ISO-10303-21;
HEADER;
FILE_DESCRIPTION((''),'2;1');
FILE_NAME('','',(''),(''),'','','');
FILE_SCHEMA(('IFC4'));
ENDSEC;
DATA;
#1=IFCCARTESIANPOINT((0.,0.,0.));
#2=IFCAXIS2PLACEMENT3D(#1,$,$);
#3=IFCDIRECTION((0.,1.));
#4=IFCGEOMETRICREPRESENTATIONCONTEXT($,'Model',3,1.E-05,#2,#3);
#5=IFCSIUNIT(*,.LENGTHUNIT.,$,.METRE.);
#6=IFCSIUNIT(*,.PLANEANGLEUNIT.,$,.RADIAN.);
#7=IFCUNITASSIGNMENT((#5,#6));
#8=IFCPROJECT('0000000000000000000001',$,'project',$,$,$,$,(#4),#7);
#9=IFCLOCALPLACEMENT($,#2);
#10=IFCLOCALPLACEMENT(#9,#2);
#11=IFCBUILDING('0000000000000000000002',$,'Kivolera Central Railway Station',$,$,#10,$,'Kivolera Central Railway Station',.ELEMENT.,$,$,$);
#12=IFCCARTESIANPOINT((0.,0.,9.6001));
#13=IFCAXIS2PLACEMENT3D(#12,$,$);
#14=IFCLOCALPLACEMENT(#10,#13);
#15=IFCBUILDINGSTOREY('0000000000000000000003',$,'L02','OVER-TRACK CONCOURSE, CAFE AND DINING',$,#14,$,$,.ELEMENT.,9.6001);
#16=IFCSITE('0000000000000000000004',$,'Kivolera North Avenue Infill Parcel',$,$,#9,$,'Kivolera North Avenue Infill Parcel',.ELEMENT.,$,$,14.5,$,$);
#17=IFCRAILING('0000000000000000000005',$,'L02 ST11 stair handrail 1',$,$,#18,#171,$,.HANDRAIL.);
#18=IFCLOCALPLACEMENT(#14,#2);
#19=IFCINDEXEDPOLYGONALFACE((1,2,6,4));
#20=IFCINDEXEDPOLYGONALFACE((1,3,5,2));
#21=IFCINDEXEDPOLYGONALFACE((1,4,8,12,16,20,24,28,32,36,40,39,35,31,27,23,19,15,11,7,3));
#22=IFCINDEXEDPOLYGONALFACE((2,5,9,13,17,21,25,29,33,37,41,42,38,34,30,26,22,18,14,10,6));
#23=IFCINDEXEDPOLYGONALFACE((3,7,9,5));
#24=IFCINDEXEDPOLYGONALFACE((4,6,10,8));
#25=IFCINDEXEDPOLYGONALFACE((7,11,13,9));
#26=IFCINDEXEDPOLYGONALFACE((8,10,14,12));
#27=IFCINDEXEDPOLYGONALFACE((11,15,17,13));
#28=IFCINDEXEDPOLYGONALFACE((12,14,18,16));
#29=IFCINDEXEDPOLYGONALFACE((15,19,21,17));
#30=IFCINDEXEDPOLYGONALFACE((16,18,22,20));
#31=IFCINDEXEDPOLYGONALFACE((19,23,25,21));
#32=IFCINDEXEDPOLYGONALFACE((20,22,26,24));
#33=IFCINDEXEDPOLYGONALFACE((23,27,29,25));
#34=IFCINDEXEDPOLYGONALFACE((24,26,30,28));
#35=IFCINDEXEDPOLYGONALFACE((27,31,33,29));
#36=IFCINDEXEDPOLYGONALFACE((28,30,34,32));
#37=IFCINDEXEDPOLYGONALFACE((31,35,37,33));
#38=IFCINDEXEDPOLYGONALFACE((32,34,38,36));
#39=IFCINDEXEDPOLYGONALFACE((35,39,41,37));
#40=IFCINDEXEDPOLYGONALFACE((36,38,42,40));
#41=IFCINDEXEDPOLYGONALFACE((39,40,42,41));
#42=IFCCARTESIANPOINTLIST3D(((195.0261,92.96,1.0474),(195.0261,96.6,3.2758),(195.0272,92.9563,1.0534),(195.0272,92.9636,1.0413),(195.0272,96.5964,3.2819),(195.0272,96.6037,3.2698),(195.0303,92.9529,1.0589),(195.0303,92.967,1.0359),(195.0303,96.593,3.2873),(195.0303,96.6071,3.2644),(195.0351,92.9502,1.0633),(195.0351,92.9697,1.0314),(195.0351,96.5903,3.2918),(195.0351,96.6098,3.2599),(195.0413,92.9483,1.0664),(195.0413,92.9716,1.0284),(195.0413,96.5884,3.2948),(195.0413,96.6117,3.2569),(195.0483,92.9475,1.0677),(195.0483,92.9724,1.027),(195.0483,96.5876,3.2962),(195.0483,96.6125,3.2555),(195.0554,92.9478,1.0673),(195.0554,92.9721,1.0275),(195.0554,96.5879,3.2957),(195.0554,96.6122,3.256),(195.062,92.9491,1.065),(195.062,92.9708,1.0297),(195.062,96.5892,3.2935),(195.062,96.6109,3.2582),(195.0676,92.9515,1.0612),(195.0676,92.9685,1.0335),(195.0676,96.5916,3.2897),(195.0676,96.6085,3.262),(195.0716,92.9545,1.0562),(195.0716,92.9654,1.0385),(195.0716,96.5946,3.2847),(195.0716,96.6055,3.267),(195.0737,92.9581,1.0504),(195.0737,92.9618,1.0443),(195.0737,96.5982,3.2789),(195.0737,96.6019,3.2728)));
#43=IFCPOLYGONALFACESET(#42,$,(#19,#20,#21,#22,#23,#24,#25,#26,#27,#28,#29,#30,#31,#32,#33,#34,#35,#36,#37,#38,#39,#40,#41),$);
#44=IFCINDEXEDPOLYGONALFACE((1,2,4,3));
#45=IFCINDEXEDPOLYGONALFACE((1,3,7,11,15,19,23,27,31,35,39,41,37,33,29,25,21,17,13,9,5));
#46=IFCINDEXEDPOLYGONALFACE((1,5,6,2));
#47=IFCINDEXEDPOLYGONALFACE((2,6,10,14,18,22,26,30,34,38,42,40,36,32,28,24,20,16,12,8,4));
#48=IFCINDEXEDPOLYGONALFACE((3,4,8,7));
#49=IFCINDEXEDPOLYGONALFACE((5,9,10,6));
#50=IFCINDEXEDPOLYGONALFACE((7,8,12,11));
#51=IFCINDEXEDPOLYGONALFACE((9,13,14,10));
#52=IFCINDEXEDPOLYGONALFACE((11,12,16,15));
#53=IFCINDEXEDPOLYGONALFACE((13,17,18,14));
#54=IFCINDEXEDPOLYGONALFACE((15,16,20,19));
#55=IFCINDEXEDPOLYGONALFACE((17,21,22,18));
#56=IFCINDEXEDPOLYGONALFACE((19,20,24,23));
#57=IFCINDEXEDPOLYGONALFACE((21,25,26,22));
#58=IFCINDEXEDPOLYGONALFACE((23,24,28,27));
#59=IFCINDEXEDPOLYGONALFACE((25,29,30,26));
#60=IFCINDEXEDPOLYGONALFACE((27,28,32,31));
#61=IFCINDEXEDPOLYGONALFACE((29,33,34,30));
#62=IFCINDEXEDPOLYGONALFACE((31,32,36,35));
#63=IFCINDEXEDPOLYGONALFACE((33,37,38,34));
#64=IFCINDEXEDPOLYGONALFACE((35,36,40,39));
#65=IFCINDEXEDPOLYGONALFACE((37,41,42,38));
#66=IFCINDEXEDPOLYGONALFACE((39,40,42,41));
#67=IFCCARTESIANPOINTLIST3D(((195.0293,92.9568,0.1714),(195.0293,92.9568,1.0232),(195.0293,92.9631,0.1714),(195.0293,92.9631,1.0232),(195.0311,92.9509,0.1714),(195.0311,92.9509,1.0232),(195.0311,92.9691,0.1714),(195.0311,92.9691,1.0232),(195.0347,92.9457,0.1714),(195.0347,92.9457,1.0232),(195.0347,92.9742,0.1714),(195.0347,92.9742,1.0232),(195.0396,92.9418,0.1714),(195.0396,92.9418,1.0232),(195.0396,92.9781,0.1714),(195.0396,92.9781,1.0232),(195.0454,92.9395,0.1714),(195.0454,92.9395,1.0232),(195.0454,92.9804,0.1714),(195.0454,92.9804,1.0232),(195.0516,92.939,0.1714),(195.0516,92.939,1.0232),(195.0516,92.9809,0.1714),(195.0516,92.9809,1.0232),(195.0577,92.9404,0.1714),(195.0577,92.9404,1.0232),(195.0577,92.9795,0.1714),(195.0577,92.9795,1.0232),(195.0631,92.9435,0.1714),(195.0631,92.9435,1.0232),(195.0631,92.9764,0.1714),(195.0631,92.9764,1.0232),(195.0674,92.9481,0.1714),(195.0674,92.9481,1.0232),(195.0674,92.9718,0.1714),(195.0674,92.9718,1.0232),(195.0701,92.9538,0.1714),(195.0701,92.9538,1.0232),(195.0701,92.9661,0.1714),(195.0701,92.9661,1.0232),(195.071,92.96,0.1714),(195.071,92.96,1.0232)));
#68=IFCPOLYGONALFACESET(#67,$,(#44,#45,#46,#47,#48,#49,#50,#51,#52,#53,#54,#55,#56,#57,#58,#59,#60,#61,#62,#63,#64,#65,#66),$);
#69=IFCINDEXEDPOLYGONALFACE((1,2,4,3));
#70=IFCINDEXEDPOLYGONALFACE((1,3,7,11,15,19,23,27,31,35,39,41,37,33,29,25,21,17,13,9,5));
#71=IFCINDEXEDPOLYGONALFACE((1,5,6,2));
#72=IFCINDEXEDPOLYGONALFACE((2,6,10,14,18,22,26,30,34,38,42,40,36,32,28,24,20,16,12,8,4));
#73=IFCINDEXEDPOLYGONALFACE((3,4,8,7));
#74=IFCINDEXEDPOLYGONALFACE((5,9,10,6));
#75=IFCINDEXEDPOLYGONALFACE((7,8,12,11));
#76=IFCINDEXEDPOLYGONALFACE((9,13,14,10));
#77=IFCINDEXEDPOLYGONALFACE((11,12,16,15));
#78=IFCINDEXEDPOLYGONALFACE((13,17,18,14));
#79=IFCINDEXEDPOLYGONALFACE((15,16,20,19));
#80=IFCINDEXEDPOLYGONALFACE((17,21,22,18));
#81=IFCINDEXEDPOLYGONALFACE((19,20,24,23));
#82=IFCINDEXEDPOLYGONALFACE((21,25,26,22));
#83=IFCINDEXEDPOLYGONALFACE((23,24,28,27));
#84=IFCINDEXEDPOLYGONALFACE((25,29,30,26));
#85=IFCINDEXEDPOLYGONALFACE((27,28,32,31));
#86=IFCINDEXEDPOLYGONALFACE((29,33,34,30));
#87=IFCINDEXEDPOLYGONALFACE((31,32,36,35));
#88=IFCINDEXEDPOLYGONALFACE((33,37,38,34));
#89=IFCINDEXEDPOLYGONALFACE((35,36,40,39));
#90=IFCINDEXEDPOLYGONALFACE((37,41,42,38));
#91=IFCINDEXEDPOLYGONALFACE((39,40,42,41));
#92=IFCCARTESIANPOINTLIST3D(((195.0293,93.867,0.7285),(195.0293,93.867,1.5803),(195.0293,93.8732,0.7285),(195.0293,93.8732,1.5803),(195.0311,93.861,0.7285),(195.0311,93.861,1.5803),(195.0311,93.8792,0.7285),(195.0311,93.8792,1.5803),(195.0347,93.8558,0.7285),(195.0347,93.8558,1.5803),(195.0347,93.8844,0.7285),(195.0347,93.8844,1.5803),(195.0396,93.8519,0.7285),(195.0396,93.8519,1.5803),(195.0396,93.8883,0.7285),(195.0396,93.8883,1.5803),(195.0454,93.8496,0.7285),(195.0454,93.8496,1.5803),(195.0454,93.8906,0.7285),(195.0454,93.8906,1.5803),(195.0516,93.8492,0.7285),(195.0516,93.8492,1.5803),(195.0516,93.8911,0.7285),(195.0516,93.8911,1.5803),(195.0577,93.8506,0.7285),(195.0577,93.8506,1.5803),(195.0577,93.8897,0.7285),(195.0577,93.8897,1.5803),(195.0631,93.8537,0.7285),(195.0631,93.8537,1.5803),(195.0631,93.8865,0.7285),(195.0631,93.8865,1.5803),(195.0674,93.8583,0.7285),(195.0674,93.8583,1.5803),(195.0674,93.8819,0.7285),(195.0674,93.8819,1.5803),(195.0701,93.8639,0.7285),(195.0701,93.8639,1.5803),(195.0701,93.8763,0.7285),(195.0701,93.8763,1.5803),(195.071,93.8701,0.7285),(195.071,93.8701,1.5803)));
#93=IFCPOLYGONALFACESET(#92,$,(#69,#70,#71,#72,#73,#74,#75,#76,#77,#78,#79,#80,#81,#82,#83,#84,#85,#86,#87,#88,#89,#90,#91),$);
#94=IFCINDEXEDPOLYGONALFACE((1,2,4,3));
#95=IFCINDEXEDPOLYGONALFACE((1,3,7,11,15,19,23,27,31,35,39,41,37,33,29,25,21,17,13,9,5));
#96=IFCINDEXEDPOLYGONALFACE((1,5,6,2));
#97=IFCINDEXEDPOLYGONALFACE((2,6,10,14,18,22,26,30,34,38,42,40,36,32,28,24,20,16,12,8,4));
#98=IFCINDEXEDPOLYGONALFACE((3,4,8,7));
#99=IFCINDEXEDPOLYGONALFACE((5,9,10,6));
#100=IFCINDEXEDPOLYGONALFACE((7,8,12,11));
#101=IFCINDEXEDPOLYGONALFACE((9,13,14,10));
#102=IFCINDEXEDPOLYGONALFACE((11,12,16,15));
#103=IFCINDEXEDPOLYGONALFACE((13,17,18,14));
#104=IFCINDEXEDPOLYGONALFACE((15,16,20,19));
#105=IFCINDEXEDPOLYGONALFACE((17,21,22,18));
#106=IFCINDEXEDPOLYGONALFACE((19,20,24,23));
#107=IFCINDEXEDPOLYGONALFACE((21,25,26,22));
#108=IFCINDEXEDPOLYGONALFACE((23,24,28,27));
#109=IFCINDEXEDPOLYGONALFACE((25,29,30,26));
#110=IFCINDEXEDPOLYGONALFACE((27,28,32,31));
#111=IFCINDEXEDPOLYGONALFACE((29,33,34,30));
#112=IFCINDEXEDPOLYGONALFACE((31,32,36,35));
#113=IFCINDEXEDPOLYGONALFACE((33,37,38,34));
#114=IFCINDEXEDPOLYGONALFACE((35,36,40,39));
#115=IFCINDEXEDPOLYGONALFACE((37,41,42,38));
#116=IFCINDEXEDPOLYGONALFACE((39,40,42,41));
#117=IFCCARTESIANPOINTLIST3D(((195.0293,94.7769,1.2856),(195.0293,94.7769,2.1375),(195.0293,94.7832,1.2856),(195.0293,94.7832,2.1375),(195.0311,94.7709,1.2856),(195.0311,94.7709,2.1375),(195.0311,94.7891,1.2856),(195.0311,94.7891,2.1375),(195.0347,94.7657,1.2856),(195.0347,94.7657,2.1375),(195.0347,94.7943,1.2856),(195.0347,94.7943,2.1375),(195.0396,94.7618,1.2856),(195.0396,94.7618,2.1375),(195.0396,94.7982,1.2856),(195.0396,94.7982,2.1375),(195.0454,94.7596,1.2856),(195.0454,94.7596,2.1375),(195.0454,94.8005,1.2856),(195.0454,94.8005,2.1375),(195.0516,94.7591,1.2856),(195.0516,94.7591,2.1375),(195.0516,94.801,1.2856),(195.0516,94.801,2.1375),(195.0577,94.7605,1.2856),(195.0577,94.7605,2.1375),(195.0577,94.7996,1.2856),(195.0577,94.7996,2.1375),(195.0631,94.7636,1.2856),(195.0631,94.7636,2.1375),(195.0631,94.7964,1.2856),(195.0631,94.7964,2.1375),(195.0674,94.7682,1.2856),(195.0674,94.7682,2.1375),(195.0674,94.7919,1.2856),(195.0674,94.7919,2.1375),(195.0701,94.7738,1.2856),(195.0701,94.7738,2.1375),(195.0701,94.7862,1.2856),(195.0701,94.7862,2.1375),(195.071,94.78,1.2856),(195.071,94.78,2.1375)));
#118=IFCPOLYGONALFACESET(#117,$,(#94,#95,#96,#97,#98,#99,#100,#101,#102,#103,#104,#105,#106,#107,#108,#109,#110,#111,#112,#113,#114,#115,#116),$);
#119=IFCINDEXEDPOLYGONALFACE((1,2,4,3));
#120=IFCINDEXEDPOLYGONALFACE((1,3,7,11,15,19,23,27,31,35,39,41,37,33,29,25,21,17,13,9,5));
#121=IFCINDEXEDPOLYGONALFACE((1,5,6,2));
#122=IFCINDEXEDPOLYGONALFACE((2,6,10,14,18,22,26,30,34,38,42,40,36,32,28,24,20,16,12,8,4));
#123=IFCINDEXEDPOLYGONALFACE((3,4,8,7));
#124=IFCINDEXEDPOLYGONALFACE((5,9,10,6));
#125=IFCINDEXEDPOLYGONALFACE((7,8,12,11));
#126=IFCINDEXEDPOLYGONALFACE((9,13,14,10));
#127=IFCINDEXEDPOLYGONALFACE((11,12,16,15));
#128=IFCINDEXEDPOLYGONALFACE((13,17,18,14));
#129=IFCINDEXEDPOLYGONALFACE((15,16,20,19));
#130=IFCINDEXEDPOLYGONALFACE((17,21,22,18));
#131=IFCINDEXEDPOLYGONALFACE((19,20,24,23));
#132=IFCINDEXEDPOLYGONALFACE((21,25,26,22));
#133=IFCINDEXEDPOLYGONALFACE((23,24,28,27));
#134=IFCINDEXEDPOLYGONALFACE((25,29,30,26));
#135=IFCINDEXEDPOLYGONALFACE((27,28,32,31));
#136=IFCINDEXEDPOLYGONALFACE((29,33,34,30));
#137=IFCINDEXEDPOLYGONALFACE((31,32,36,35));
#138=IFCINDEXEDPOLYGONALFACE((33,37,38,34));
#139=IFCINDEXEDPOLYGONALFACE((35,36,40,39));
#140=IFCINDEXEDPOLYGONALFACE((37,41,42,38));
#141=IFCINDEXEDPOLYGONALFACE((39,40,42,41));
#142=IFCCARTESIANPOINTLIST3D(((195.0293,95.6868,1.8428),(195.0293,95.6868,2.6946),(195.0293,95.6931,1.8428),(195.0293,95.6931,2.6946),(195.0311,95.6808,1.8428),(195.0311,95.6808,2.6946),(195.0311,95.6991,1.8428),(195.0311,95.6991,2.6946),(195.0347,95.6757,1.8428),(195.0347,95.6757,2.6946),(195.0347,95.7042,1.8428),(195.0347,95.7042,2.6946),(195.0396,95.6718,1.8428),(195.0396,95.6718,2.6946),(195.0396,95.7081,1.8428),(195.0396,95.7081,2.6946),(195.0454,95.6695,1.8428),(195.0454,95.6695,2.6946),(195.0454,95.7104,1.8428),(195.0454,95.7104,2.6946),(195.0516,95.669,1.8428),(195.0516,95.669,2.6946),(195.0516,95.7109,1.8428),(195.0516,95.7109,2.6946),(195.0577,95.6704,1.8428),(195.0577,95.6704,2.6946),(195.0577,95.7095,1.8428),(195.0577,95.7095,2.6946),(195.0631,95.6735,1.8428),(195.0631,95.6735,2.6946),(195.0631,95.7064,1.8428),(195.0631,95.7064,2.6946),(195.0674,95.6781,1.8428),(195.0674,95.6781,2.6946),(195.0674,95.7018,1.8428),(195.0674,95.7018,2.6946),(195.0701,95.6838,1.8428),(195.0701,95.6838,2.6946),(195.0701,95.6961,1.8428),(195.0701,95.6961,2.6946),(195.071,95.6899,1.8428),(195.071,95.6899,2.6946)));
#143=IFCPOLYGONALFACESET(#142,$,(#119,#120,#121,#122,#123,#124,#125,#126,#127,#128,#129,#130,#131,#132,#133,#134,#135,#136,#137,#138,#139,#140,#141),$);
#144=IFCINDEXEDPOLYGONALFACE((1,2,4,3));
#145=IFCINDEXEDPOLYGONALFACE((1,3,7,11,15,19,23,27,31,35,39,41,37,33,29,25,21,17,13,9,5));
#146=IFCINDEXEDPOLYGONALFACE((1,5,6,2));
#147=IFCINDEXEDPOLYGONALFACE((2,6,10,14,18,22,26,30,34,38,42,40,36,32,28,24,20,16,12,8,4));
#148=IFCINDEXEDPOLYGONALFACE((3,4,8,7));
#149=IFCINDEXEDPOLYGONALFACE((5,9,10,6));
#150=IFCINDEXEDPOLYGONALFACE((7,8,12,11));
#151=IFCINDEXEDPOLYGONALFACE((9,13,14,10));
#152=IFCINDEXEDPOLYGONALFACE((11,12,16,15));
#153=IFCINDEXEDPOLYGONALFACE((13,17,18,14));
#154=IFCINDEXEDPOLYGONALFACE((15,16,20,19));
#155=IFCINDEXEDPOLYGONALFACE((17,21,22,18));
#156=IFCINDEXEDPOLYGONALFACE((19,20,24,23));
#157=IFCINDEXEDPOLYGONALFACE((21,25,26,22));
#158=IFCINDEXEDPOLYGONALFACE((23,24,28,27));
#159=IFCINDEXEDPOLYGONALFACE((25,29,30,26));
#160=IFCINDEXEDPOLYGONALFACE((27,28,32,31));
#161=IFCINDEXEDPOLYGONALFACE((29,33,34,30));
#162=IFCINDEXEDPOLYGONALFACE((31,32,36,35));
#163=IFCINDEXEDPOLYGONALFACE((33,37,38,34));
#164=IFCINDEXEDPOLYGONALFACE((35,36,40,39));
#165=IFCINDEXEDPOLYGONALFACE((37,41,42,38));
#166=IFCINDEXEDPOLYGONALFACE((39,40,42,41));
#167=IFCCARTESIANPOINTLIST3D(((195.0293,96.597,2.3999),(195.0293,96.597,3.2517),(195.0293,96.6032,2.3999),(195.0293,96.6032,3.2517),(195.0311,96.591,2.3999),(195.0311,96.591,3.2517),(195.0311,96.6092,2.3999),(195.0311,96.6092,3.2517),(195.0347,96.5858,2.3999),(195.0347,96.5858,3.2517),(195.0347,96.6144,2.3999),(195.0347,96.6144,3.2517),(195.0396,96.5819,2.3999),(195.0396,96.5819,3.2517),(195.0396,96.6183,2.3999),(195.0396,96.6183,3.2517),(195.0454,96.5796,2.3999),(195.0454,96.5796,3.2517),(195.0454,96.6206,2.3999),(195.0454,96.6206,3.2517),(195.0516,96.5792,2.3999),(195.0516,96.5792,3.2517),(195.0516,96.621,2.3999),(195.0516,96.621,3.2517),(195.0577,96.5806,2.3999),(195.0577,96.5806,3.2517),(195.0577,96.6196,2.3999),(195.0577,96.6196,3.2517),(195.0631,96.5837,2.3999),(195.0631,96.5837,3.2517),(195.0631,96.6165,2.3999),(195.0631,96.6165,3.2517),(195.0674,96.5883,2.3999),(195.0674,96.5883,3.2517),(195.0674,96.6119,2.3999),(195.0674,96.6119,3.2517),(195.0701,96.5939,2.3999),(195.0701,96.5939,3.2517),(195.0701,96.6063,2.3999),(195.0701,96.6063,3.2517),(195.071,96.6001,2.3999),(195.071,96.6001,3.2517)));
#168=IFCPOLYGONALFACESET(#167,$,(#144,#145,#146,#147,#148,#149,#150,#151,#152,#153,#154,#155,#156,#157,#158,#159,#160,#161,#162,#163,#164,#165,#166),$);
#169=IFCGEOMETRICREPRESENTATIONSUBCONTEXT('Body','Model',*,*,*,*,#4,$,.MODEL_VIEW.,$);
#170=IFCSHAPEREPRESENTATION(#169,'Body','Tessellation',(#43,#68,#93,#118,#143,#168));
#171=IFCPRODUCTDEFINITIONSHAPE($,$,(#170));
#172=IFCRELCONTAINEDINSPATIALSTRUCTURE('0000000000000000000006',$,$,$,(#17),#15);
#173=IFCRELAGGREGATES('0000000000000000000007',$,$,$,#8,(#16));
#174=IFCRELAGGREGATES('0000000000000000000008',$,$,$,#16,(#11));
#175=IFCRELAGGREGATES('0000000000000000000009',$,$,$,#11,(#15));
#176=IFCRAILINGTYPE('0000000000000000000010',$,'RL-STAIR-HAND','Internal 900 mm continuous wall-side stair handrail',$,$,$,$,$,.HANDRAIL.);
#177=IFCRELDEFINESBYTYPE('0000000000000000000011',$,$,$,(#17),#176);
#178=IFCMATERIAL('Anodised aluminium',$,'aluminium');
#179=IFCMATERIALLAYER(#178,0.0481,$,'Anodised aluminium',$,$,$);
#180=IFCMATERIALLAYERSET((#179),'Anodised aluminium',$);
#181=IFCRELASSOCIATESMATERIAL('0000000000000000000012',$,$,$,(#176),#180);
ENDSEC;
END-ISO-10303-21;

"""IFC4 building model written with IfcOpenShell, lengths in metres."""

from ifc_helpers import new_model, si_unit, direction, frame, origin, origin_2d, place, context, subcontext, project, spatial, circle, extrude, material, layer, layer_set, type_object, element, save


model = new_model("IFC4")

# Units and contexts
model_context = context("Model", 3, precision=1e-05, world=origin(), true_north=direction((0.0, 1.0)))
body_context = subcontext(model_context, "Body", "Model", "MODEL_VIEW")
ifc_project = project(units=[si_unit("LENGTHUNIT", "METRE"), si_unit("PLANEANGLEUNIT", "RADIAN")], contexts=[model_context])

# Site, building, storey
site_placement = place(None, origin())
site = spatial("IfcSite", under=ifc_project, at=site_placement, Name="Kivolera North Avenue Infill Parcel", LongName="Kivolera North Avenue Infill Parcel", CompositionType="ELEMENT", RefElevation=14.5)
building_placement = place(site_placement, origin())
building = spatial("IfcBuilding", under=site, at=building_placement, Name="Kivolera Central Railway Station", LongName="Kivolera Central Railway Station", CompositionType="ELEMENT")
storey_placement = place(building_placement, frame((0.0, 0.0, 9.6001)))
storey = spatial("IfcBuildingStorey", under=building, at=storey_placement, Name="L02", Description="OVER-TRACK CONCOURSE, CAFE AND DINING", CompositionType="ELEMENT", Elevation=9.6001)

# Shared definitions
ifc_material_1 = material(Name="Anodised aluminium", Category="aluminium")

# Railing
ifc_layer_1 = layer(ifc_material_1, 0.0481, Name="Anodised aluminium")
ifc_layer_set_1 = layer_set([ifc_layer_1], Name="Anodised aluminium")
railing_type_1 = type_object("IfcRailingType", Name="RL-STAIR-HAND", Description="Internal 900 mm continuous wall-side stair handrail", PredefinedType="HANDRAIL", material=ifc_layer_set_1)
railing_1_placement = place(storey_placement, frame((195.05, 92.96, 0.1714)))
element("IfcRailing", 1, at=railing_1_placement, inside=storey, type_object=railing_type_1, Name="L02 ST11 stair handrail 1", PredefinedType="HANDRAIL", context=body_context, shape_type="SweptSolid", body=[
    extrude(circle(Radius=0.0239, at=origin_2d()), frame((0.0, 0.0, 0.876), z_axis=(0.0, 0.852866, 0.52213), x_axis=(-1.0, 0.0, 0.0)), (0.0, 0.0, 1.0), 4.2681),
    extrude(circle(Radius=0.021, at=origin_2d()), origin(), (0.0, 0.0, 1.0), 0.8518),
    extrude(circle(Radius=0.021, at=origin_2d()), frame((0.0, 0.9102, 0.5571)), (0.0, 0.0, 1.0), 0.8518),
    extrude(circle(Radius=0.021, at=origin_2d()), frame((0.0, 1.8201, 1.1143)), (0.0, 0.0, 1.0), 0.8518),
    extrude(circle(Radius=0.021, at=origin_2d()), frame((0.0, 2.73, 1.6714)), (0.0, 0.0, 1.0), 0.8518),
    extrude(circle(Radius=0.021, at=origin_2d()), frame((0.0, 3.6401, 2.2285)), (0.0, 0.0, 1.0), 0.8518),
])

save(model, "model.ifc")
